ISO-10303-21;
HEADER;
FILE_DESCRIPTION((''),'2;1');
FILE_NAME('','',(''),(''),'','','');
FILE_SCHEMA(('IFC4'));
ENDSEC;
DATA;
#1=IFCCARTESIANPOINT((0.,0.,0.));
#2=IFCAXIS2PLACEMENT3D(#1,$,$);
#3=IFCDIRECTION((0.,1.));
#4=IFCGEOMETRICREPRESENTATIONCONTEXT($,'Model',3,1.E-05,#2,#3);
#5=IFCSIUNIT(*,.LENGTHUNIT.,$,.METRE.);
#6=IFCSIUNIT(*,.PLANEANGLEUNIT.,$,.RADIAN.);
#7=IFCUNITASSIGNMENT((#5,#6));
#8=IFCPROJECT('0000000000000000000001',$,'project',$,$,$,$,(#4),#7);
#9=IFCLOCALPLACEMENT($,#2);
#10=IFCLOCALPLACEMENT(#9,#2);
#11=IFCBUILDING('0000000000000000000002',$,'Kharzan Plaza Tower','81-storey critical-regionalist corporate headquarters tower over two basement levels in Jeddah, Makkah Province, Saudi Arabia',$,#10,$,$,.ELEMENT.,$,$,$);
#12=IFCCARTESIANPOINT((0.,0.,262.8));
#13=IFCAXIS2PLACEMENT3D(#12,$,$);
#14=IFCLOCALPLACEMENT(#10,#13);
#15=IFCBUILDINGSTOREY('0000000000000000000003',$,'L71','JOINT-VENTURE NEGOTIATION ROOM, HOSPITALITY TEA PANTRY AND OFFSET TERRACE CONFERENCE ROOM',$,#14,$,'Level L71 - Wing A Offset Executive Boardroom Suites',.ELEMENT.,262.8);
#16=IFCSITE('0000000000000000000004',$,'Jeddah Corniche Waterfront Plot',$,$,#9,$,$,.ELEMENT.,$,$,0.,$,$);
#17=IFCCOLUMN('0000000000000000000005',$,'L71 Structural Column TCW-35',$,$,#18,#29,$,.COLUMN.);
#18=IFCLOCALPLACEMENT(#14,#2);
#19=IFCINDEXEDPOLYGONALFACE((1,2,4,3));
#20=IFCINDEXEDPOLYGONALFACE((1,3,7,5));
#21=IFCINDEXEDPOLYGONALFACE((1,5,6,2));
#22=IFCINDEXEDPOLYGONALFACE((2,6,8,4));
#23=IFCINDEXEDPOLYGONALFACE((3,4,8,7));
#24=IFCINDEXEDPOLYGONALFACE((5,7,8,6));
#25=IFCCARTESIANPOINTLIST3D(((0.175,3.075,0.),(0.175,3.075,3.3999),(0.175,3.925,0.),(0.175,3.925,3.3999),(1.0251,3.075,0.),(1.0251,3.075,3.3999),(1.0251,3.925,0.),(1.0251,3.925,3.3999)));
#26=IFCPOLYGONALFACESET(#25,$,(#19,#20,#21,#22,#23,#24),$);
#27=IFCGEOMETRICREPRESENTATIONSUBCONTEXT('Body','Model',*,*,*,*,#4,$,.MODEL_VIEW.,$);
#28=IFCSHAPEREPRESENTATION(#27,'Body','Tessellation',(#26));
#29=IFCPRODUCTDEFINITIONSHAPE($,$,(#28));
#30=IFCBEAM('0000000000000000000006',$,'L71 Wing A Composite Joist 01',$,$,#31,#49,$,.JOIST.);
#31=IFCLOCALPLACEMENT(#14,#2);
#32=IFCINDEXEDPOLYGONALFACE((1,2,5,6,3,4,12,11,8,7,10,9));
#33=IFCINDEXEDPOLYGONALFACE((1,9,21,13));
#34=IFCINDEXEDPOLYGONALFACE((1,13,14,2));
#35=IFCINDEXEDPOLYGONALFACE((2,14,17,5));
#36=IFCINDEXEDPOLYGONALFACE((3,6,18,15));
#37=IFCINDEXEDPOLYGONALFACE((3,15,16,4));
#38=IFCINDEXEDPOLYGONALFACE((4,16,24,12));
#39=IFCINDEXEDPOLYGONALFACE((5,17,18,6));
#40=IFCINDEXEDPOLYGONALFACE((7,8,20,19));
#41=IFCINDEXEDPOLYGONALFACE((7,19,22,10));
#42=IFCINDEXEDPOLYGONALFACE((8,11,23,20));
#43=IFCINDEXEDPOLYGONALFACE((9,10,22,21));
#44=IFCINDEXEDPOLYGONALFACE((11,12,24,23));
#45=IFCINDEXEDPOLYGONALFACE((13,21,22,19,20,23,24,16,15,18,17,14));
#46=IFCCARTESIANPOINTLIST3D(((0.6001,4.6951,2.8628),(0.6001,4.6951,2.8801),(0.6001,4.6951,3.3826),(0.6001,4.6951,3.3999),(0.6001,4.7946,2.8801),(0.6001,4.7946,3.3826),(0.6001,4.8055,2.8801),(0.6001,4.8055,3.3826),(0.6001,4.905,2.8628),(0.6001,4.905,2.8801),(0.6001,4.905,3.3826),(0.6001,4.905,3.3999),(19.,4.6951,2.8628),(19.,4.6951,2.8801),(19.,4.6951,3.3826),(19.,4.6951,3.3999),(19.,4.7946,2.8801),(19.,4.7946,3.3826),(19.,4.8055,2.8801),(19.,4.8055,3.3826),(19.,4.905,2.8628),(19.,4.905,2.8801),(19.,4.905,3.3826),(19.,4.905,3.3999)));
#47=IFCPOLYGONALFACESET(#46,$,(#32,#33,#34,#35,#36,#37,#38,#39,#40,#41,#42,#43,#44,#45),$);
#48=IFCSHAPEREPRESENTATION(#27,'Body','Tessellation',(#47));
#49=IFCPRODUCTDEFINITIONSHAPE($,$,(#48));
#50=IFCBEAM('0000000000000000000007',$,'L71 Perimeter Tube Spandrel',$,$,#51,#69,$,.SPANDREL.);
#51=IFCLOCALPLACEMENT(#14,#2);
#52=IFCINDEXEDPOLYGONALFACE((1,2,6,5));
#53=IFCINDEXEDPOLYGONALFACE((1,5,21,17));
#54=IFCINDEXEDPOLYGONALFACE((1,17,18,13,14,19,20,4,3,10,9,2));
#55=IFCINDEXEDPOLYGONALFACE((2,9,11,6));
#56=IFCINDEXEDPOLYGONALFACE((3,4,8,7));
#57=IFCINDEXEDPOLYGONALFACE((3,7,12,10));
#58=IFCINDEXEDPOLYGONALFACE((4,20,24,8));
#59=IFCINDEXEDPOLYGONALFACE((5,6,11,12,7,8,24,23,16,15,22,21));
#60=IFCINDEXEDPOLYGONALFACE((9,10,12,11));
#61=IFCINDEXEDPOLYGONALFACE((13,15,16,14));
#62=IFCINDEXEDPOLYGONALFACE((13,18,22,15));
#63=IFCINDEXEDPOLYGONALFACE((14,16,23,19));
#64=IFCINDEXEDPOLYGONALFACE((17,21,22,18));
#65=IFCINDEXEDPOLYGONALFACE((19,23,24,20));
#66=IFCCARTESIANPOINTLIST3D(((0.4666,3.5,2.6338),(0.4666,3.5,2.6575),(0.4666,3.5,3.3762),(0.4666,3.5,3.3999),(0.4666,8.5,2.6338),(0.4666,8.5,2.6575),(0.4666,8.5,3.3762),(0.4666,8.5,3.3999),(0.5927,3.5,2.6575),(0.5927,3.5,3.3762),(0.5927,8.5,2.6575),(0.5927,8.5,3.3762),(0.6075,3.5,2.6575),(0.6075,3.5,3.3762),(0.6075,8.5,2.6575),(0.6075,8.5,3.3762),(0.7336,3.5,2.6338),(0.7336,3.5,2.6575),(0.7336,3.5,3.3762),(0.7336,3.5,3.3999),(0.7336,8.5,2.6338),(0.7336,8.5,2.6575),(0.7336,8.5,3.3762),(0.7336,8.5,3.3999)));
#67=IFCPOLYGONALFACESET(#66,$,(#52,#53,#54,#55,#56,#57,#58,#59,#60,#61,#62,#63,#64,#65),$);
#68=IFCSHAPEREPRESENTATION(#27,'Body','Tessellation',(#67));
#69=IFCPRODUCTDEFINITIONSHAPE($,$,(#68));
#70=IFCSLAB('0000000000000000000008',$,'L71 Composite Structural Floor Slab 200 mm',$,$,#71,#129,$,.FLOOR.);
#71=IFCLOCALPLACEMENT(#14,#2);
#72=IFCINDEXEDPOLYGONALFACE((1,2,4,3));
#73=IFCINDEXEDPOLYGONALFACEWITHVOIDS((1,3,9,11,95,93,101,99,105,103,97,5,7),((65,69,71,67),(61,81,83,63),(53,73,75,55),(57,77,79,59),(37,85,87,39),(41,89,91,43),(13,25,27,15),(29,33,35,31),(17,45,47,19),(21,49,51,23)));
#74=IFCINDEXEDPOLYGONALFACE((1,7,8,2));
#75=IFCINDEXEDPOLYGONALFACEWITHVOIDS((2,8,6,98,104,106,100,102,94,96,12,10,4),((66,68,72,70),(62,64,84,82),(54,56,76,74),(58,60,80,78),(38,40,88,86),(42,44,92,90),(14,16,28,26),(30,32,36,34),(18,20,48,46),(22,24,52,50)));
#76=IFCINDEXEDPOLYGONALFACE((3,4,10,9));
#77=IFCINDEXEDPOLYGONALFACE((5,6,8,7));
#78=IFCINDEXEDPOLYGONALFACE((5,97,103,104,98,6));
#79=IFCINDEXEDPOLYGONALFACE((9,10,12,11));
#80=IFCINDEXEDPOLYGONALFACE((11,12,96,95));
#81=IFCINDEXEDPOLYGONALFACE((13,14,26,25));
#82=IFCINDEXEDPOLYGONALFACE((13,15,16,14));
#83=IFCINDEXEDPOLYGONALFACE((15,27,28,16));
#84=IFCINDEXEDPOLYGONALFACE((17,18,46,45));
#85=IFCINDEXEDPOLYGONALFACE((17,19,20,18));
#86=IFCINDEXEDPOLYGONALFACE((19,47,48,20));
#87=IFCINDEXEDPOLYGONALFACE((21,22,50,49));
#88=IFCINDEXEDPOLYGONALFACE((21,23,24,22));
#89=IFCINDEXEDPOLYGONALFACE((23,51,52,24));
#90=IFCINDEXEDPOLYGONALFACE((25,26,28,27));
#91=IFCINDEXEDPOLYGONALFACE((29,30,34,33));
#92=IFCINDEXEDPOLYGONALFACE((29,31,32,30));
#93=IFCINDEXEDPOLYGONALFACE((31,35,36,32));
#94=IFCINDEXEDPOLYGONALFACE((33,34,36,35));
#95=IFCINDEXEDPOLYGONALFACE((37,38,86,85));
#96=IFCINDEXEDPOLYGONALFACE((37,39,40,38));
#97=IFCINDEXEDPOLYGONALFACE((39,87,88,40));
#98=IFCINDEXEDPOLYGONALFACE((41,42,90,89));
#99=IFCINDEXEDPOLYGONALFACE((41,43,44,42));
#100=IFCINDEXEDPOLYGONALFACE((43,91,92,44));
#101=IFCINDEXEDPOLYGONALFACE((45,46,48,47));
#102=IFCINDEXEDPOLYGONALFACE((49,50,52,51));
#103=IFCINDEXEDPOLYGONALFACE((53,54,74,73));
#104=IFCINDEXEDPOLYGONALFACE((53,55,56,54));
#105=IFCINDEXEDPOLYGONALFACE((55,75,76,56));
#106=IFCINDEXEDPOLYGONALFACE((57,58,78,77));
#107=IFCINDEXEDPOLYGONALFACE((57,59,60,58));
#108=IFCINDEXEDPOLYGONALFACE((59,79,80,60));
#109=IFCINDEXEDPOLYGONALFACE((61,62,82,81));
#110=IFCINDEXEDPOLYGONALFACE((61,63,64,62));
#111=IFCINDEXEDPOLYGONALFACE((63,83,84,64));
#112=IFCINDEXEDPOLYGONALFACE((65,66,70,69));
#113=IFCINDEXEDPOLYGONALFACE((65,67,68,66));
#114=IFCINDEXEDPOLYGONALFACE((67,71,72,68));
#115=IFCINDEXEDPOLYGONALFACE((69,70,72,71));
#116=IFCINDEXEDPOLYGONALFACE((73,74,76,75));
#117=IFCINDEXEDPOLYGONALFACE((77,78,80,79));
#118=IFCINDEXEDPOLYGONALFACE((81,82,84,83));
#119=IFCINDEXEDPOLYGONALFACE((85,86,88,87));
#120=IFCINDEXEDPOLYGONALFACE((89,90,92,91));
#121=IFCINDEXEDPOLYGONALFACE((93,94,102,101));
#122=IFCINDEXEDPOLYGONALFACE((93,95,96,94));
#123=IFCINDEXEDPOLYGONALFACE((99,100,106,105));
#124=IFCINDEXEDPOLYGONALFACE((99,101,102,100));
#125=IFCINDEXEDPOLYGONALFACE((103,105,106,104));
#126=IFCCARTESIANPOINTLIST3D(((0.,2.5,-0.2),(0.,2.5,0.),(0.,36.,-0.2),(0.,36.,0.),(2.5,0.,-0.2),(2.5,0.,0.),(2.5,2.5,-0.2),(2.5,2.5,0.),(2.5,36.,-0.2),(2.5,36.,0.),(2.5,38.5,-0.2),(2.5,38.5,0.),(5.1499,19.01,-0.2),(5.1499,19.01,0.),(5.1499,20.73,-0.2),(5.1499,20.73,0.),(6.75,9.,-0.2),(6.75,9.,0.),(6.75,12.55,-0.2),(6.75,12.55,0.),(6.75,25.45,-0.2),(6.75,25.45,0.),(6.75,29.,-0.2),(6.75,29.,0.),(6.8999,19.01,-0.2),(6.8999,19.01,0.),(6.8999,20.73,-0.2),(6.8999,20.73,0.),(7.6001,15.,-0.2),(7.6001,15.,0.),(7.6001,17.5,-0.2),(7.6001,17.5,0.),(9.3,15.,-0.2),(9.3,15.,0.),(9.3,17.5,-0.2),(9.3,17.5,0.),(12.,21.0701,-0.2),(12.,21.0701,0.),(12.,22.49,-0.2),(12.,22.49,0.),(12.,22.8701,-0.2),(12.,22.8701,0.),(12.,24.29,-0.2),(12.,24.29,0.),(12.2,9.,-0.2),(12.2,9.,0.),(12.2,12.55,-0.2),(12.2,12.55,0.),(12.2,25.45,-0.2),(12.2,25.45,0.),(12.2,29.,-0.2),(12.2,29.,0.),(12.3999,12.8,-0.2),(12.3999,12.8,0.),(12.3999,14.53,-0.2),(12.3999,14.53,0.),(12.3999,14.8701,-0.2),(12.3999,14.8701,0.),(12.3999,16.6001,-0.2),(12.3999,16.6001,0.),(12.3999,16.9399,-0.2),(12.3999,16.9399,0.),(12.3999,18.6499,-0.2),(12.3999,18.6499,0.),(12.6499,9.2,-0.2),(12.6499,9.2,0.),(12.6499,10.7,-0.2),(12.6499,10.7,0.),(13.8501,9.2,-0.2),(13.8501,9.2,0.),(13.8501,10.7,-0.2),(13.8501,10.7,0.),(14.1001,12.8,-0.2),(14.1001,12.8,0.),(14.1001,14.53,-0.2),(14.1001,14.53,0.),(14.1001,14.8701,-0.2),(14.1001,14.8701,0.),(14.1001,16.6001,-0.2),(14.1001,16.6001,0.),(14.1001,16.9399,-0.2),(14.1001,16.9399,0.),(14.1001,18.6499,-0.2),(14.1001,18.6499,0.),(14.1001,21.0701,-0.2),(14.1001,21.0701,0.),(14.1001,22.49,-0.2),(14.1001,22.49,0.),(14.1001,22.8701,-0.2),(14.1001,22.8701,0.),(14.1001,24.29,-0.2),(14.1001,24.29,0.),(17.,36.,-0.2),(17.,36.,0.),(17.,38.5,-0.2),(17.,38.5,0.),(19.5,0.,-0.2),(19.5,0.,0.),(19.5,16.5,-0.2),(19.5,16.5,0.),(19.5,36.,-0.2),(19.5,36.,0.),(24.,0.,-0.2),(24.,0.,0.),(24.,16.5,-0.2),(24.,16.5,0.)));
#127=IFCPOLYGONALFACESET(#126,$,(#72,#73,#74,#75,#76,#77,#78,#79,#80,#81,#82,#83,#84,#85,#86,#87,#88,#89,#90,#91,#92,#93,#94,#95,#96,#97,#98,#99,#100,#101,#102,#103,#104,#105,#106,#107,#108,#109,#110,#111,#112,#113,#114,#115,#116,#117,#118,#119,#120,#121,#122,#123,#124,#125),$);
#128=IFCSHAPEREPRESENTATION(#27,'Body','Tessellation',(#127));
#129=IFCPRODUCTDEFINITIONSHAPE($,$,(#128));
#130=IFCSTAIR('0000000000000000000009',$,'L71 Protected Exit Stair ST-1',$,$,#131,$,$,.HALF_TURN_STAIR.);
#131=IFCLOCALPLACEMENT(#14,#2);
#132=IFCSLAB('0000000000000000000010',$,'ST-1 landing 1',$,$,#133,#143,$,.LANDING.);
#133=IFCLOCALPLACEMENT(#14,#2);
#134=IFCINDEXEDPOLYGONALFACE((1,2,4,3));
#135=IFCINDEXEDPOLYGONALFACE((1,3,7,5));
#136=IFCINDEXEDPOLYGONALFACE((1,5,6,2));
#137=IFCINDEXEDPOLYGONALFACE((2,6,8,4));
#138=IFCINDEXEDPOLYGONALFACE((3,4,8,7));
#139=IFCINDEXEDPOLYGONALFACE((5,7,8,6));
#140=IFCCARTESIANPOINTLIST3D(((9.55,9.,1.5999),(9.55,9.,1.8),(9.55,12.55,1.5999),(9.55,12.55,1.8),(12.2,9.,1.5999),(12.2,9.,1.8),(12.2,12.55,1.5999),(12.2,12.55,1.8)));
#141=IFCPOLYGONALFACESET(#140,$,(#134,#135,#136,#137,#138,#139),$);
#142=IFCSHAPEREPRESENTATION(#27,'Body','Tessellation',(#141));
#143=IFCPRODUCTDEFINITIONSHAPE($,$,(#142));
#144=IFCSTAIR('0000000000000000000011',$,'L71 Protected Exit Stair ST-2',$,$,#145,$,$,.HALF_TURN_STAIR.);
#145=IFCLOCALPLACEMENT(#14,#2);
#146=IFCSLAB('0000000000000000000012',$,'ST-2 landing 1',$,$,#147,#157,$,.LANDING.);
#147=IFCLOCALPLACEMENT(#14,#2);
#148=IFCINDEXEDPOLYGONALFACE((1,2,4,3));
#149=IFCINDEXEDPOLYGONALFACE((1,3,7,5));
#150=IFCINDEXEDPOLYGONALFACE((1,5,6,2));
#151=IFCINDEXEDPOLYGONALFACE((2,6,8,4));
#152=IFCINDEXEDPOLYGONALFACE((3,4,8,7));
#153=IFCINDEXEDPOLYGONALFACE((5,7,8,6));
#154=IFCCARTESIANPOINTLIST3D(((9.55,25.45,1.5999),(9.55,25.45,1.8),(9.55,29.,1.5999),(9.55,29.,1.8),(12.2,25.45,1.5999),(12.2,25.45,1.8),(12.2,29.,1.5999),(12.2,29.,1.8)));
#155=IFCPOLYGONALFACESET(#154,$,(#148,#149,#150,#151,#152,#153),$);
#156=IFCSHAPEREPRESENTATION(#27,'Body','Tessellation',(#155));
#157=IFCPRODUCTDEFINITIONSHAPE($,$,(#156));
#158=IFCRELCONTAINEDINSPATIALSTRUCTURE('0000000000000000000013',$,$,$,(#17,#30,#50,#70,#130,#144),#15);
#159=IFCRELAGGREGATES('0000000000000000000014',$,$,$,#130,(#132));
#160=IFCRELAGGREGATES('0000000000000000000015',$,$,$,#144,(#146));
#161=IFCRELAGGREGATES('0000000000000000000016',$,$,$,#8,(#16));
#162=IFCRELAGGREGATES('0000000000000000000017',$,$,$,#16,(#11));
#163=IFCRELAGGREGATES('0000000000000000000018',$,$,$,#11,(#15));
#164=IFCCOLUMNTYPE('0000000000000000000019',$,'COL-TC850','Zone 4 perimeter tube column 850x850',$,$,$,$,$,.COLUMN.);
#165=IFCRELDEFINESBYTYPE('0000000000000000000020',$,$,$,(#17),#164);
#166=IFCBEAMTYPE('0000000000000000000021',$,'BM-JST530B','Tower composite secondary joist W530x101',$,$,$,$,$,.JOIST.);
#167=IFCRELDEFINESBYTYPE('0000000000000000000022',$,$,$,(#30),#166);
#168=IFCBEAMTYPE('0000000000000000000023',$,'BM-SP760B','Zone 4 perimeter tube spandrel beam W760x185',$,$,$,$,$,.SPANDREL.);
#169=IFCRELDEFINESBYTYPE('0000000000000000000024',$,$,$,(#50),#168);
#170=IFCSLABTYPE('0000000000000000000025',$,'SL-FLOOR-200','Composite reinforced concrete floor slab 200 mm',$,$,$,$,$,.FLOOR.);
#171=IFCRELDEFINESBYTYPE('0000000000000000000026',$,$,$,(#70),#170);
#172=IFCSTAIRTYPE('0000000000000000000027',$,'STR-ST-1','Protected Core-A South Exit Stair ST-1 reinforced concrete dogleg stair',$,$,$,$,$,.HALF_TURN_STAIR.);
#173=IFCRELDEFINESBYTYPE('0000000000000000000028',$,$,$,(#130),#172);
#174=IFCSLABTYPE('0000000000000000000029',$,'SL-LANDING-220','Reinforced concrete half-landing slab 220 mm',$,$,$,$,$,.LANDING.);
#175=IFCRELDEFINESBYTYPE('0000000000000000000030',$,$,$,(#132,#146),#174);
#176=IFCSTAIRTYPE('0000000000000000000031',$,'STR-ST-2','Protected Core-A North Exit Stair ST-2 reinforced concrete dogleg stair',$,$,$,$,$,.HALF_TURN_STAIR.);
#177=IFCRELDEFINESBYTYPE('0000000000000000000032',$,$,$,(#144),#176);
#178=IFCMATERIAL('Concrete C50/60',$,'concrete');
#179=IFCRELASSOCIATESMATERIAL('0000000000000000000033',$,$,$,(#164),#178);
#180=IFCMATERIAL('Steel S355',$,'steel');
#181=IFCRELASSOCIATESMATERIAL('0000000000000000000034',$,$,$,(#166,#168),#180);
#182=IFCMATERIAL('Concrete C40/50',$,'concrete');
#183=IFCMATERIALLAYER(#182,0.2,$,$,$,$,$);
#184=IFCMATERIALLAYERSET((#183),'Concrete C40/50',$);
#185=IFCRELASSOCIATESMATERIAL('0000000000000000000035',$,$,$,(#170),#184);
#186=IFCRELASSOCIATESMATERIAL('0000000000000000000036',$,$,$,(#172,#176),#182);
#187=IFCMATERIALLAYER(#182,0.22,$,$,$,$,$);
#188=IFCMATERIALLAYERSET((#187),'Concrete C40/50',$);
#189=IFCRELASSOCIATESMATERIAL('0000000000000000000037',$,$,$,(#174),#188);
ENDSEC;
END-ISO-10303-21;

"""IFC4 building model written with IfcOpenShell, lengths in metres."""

from ifc_helpers import new_model, si_unit, direction, frame, origin, origin_2d, place, context, subcontext, project, spatial, polyline, rectangle, i_section, outline, extrude, source, transform, mapped, material, layer, layer_set, material_profile, profile_set, type_object, element, aggregate, save


model = new_model("IFC4")

# Units and contexts
model_context = context("Model", 3, precision=1e-05, world=origin(), true_north=direction((0.0, 1.0)))
body_context = subcontext(model_context, "Body", "Model", "MODEL_VIEW")
ifc_project = project(units=[si_unit("LENGTHUNIT", "METRE"), si_unit("PLANEANGLEUNIT", "RADIAN")], contexts=[model_context])

# Site, building, storey
site_placement = place(None, origin())
site = spatial("IfcSite", under=ifc_project, at=site_placement, Name="Jeddah Corniche Waterfront Plot", CompositionType="ELEMENT", RefElevation=0.0)
building_placement = place(site_placement, origin())
building = spatial("IfcBuilding", under=site, at=building_placement, Name="Kharzan Plaza Tower", Description="81-storey critical-regionalist corporate headquarters tower over two basement levels in Jeddah, Makkah Province, Saudi Arabia", CompositionType="ELEMENT")
storey_placement = place(building_placement, frame((0.0, 0.0, 262.8)))
storey = spatial("IfcBuildingStorey", under=building, at=storey_placement, Name="L71", Description="JOINT-VENTURE NEGOTIATION ROOM, HOSPITALITY TEA PANTRY AND OFFSET TERRACE CONFERENCE ROOM", LongName="Level L71 - Wing A Offset Executive Boardroom Suites", CompositionType="ELEMENT", Elevation=262.8)

# Column
ifc_material_1 = material(Name="Concrete C50/60", Category="concrete")
ifc_material_profile_1 = material_profile(ifc_material_1, rectangle(XDim=0.8501, YDim=0.8501, at=origin_2d()), Name="RC-TC850x850")
ifc_profile_set_1 = profile_set([ifc_material_profile_1], Name="Concrete C50/60")
column_type = type_object("IfcColumnType", Name="COL-TC850", Description="Zone 4 perimeter tube column 850x850", PredefinedType="COLUMN", material=ifc_profile_set_1)
shared_shape_1 = source(origin(), body_context, "Body", "SweptSolid", [
    extrude(rectangle(XDim=0.8501, YDim=0.8501, at=origin_2d()), origin(), (0.0, 0.0, 1.0), 3.3999),
])
column_placement = place(storey_placement, frame((0.6001, 3.5, 0.0), z_axis=(0.0, 0.0, 1.0), x_axis=(1.0, 0.0, 0.0)))
element("IfcColumn", 1, at=column_placement, inside=storey, type_object=column_type, Name="L71 Structural Column TCW-35", PredefinedType="COLUMN", context=body_context, shape_type="MappedRepresentation", body=[
    mapped(shared_shape_1, transform((0.0, 0.0, 0.0), x_axis=(1.0, 0.0, 0.0), y_axis=(0.0, 1.0, 0.0), z_axis=(0.0, 0.0, 1.0))),
])

# Beams
ifc_material_2 = material(Name="Steel S355", Category="steel")
ifc_material_profile_2 = material_profile(ifc_material_2, i_section(OverallWidth=0.21, OverallDepth=0.5371, WebThickness=0.011, FlangeThickness=0.0173, at=origin_2d()), Name="W530x101")
ifc_profile_set_2 = profile_set([ifc_material_profile_2], Name="Steel S355")
beam_type_1 = type_object("IfcBeamType", Name="BM-JST530B", Description="Tower composite secondary joist W530x101", PredefinedType="JOIST", material=ifc_profile_set_2)
shared_shape_2 = source(origin(), body_context, "Body", "SweptSolid", [
    extrude(i_section(OverallWidth=0.21, OverallDepth=0.5371, WebThickness=0.011, FlangeThickness=0.0173, at=origin_2d()), origin(), (0.0, 0.0, 1.0), 18.3999),
])
beam_1_placement = place(storey_placement, frame((0.6001, 4.8, 3.1313), z_axis=(1.0, 0.0, 0.0), x_axis=(0.0, 1.0, 0.0)))
element("IfcBeam", 2, at=beam_1_placement, inside=storey, type_object=beam_type_1, Name="L71 Wing A Composite Joist 01", PredefinedType="JOIST", context=body_context, shape_type="MappedRepresentation", body=[
    mapped(shared_shape_2, transform((0.0, 0.0, 0.0), x_axis=(1.0, 0.0, 0.0), y_axis=(0.0, 1.0, 0.0), z_axis=(0.0, 0.0, 1.0))),
])
ifc_material_profile_3 = material_profile(ifc_material_2, i_section(OverallWidth=0.2671, OverallDepth=0.7661, WebThickness=0.0149, FlangeThickness=0.0237, at=origin_2d()), Name="W760x185")
ifc_profile_set_3 = profile_set([ifc_material_profile_3], Name="Steel S355")
beam_type_2 = type_object("IfcBeamType", Name="BM-SP760B", Description="Zone 4 perimeter tube spandrel beam W760x185", PredefinedType="SPANDREL", material=ifc_profile_set_3)
shared_shape_3 = source(origin(), body_context, "Body", "SweptSolid", [
    extrude(i_section(OverallWidth=0.2671, OverallDepth=0.7661, WebThickness=0.0149, FlangeThickness=0.0237, at=origin_2d()), origin(), (0.0, 0.0, 1.0), 5.0),
])
beam_2_placement = place(storey_placement, frame((0.6001, 3.5, 3.0168), z_axis=(0.0, 1.0, 0.0), x_axis=(-1.0, 0.0, 0.0)))
element("IfcBeam", 3, at=beam_2_placement, inside=storey, type_object=beam_type_2, Name="L71 Perimeter Tube Spandrel", PredefinedType="SPANDREL", context=body_context, shape_type="MappedRepresentation", body=[
    mapped(shared_shape_3, transform((0.0, 0.0, 0.0), x_axis=(1.0, 0.0, 0.0), y_axis=(0.0, 1.0, 0.0), z_axis=(0.0, 0.0, 1.0))),
])

# Slab
ifc_material_3 = material(Name="Concrete C40/50", Category="concrete")
ifc_layer_1 = layer(ifc_material_3, 0.2)
ifc_layer_set_1 = layer_set([ifc_layer_1], Name="Concrete C40/50")
slab_type_1 = type_object("IfcSlabType", Name="SL-FLOOR-200", Description="Composite reinforced concrete floor slab 200 mm", PredefinedType="FLOOR", material=ifc_layer_set_1)
slab_1_placement = place(storey_placement, frame((0.0, 0.0, -0.2)))
element("IfcSlab", 4, at=slab_1_placement, inside=storey, type_object=slab_type_1, Name="L71 Composite Structural Floor Slab 200 mm", PredefinedType="FLOOR", context=body_context, shape_type="SweptSolid", body=[
    extrude(outline(polyline([(19.5, 36.0), (17.0, 36.0), (17.0, 38.5), (2.5, 38.5), (2.5, 36.0), (0.0, 36.0), (0.0, 2.5), (2.5, 2.5), (2.5, 0.0), (19.5, 0.0), (24.0, 0.0), (24.0, 16.5), (19.5, 16.5), (19.5, 36.0)]), holes=[polyline([(13.8501, 10.7), (12.6499, 10.7), (12.6499, 9.2), (13.8501, 9.2), (13.8501, 10.7)]), polyline([(12.2, 12.55), (6.75, 12.55), (6.75, 9.0), (12.2, 9.0), (12.2, 12.55)]), polyline([(14.1001, 14.53), (12.3999, 14.53), (12.3999, 12.8), (14.1001, 12.8), (14.1001, 14.53)]), polyline([(14.1001, 14.8701), (14.1001, 16.6001), (12.3999, 16.6001), (12.3999, 14.8701), (14.1001, 14.8701)]), polyline([(9.3, 15.0), (9.3, 17.5), (7.6001, 17.5), (7.6001, 15.0), (9.3, 15.0)]), polyline([(14.1001, 18.6499), (12.3999, 18.6499), (12.3999, 16.9399), (14.1001, 16.9399), (14.1001, 18.6499)]), polyline([(6.8999, 20.73), (5.1499, 20.73), (5.1499, 19.01), (6.8999, 19.01), (6.8999, 20.73)]), polyline([(14.1001, 22.49), (12.0, 22.49), (12.0, 21.0701), (14.1001, 21.0701), (14.1001, 22.49)]), polyline([(14.1001, 22.8701), (14.1001, 24.29), (12.0, 24.29), (12.0, 22.8701), (14.1001, 22.8701)]), polyline([(12.2, 25.45), (12.2, 29.0), (6.75, 29.0), (6.75, 25.45), (12.2, 25.45)])]), origin(), (0.0, 0.0, 1.0), 0.2),
])

# Stairs, slabs
stair_type_1 = type_object("IfcStairType", Name="STR-ST-1", Description="Protected Core-A South Exit Stair ST-1 reinforced concrete dogleg stair", PredefinedType="HALF_TURN_STAIR", material=ifc_material_3)
stair_1_placement = place(storey_placement, origin())
stair_1 = element("IfcStair", 5, at=stair_1_placement, inside=storey, type_object=stair_type_1, Name="L71 Protected Exit Stair ST-1", PredefinedType="HALF_TURN_STAIR")
ifc_layer_2 = layer(ifc_material_3, 0.22)
ifc_layer_set_2 = layer_set([ifc_layer_2], Name="Concrete C40/50")
slab_type_2 = type_object("IfcSlabType", Name="SL-LANDING-220", Description="Reinforced concrete half-landing slab 220 mm", PredefinedType="LANDING", material=ifc_layer_set_2)
slab_2_placement = place(storey_placement, frame((0.0, 0.0, 1.5999)))
slab_2 = element("IfcSlab", 6, at=slab_2_placement, type_object=slab_type_2, Name="ST-1 landing 1", PredefinedType="LANDING", context=body_context, shape_type="SweptSolid", body=[
    extrude(outline(polyline([(9.55, 9.0), (12.2, 9.0), (12.2, 12.55), (9.55, 12.55), (9.55, 9.0)])), origin(), (0.0, 0.0, 1.0), 0.2002),
])
aggregate(stair_1, [slab_2])
stair_type_2 = type_object("IfcStairType", Name="STR-ST-2", Description="Protected Core-A North Exit Stair ST-2 reinforced concrete dogleg stair", PredefinedType="HALF_TURN_STAIR", material=ifc_material_3)
stair_2_placement = place(storey_placement, origin())
stair_2 = element("IfcStair", 7, at=stair_2_placement, inside=storey, type_object=stair_type_2, Name="L71 Protected Exit Stair ST-2", PredefinedType="HALF_TURN_STAIR")
slab_3_placement = place(storey_placement, frame((0.0, 0.0, 1.5999)))
slab_3 = element("IfcSlab", 8, at=slab_3_placement, type_object=slab_type_2, Name="ST-2 landing 1", PredefinedType="LANDING", context=body_context, shape_type="SweptSolid", body=[
    extrude(outline(polyline([(9.55, 25.45), (12.2, 25.45), (12.2, 29.0), (9.55, 29.0), (9.55, 25.45)])), origin(), (0.0, 0.0, 1.0), 0.2002),
])
aggregate(stair_2, [slab_3])

save(model, "model.ifc")
